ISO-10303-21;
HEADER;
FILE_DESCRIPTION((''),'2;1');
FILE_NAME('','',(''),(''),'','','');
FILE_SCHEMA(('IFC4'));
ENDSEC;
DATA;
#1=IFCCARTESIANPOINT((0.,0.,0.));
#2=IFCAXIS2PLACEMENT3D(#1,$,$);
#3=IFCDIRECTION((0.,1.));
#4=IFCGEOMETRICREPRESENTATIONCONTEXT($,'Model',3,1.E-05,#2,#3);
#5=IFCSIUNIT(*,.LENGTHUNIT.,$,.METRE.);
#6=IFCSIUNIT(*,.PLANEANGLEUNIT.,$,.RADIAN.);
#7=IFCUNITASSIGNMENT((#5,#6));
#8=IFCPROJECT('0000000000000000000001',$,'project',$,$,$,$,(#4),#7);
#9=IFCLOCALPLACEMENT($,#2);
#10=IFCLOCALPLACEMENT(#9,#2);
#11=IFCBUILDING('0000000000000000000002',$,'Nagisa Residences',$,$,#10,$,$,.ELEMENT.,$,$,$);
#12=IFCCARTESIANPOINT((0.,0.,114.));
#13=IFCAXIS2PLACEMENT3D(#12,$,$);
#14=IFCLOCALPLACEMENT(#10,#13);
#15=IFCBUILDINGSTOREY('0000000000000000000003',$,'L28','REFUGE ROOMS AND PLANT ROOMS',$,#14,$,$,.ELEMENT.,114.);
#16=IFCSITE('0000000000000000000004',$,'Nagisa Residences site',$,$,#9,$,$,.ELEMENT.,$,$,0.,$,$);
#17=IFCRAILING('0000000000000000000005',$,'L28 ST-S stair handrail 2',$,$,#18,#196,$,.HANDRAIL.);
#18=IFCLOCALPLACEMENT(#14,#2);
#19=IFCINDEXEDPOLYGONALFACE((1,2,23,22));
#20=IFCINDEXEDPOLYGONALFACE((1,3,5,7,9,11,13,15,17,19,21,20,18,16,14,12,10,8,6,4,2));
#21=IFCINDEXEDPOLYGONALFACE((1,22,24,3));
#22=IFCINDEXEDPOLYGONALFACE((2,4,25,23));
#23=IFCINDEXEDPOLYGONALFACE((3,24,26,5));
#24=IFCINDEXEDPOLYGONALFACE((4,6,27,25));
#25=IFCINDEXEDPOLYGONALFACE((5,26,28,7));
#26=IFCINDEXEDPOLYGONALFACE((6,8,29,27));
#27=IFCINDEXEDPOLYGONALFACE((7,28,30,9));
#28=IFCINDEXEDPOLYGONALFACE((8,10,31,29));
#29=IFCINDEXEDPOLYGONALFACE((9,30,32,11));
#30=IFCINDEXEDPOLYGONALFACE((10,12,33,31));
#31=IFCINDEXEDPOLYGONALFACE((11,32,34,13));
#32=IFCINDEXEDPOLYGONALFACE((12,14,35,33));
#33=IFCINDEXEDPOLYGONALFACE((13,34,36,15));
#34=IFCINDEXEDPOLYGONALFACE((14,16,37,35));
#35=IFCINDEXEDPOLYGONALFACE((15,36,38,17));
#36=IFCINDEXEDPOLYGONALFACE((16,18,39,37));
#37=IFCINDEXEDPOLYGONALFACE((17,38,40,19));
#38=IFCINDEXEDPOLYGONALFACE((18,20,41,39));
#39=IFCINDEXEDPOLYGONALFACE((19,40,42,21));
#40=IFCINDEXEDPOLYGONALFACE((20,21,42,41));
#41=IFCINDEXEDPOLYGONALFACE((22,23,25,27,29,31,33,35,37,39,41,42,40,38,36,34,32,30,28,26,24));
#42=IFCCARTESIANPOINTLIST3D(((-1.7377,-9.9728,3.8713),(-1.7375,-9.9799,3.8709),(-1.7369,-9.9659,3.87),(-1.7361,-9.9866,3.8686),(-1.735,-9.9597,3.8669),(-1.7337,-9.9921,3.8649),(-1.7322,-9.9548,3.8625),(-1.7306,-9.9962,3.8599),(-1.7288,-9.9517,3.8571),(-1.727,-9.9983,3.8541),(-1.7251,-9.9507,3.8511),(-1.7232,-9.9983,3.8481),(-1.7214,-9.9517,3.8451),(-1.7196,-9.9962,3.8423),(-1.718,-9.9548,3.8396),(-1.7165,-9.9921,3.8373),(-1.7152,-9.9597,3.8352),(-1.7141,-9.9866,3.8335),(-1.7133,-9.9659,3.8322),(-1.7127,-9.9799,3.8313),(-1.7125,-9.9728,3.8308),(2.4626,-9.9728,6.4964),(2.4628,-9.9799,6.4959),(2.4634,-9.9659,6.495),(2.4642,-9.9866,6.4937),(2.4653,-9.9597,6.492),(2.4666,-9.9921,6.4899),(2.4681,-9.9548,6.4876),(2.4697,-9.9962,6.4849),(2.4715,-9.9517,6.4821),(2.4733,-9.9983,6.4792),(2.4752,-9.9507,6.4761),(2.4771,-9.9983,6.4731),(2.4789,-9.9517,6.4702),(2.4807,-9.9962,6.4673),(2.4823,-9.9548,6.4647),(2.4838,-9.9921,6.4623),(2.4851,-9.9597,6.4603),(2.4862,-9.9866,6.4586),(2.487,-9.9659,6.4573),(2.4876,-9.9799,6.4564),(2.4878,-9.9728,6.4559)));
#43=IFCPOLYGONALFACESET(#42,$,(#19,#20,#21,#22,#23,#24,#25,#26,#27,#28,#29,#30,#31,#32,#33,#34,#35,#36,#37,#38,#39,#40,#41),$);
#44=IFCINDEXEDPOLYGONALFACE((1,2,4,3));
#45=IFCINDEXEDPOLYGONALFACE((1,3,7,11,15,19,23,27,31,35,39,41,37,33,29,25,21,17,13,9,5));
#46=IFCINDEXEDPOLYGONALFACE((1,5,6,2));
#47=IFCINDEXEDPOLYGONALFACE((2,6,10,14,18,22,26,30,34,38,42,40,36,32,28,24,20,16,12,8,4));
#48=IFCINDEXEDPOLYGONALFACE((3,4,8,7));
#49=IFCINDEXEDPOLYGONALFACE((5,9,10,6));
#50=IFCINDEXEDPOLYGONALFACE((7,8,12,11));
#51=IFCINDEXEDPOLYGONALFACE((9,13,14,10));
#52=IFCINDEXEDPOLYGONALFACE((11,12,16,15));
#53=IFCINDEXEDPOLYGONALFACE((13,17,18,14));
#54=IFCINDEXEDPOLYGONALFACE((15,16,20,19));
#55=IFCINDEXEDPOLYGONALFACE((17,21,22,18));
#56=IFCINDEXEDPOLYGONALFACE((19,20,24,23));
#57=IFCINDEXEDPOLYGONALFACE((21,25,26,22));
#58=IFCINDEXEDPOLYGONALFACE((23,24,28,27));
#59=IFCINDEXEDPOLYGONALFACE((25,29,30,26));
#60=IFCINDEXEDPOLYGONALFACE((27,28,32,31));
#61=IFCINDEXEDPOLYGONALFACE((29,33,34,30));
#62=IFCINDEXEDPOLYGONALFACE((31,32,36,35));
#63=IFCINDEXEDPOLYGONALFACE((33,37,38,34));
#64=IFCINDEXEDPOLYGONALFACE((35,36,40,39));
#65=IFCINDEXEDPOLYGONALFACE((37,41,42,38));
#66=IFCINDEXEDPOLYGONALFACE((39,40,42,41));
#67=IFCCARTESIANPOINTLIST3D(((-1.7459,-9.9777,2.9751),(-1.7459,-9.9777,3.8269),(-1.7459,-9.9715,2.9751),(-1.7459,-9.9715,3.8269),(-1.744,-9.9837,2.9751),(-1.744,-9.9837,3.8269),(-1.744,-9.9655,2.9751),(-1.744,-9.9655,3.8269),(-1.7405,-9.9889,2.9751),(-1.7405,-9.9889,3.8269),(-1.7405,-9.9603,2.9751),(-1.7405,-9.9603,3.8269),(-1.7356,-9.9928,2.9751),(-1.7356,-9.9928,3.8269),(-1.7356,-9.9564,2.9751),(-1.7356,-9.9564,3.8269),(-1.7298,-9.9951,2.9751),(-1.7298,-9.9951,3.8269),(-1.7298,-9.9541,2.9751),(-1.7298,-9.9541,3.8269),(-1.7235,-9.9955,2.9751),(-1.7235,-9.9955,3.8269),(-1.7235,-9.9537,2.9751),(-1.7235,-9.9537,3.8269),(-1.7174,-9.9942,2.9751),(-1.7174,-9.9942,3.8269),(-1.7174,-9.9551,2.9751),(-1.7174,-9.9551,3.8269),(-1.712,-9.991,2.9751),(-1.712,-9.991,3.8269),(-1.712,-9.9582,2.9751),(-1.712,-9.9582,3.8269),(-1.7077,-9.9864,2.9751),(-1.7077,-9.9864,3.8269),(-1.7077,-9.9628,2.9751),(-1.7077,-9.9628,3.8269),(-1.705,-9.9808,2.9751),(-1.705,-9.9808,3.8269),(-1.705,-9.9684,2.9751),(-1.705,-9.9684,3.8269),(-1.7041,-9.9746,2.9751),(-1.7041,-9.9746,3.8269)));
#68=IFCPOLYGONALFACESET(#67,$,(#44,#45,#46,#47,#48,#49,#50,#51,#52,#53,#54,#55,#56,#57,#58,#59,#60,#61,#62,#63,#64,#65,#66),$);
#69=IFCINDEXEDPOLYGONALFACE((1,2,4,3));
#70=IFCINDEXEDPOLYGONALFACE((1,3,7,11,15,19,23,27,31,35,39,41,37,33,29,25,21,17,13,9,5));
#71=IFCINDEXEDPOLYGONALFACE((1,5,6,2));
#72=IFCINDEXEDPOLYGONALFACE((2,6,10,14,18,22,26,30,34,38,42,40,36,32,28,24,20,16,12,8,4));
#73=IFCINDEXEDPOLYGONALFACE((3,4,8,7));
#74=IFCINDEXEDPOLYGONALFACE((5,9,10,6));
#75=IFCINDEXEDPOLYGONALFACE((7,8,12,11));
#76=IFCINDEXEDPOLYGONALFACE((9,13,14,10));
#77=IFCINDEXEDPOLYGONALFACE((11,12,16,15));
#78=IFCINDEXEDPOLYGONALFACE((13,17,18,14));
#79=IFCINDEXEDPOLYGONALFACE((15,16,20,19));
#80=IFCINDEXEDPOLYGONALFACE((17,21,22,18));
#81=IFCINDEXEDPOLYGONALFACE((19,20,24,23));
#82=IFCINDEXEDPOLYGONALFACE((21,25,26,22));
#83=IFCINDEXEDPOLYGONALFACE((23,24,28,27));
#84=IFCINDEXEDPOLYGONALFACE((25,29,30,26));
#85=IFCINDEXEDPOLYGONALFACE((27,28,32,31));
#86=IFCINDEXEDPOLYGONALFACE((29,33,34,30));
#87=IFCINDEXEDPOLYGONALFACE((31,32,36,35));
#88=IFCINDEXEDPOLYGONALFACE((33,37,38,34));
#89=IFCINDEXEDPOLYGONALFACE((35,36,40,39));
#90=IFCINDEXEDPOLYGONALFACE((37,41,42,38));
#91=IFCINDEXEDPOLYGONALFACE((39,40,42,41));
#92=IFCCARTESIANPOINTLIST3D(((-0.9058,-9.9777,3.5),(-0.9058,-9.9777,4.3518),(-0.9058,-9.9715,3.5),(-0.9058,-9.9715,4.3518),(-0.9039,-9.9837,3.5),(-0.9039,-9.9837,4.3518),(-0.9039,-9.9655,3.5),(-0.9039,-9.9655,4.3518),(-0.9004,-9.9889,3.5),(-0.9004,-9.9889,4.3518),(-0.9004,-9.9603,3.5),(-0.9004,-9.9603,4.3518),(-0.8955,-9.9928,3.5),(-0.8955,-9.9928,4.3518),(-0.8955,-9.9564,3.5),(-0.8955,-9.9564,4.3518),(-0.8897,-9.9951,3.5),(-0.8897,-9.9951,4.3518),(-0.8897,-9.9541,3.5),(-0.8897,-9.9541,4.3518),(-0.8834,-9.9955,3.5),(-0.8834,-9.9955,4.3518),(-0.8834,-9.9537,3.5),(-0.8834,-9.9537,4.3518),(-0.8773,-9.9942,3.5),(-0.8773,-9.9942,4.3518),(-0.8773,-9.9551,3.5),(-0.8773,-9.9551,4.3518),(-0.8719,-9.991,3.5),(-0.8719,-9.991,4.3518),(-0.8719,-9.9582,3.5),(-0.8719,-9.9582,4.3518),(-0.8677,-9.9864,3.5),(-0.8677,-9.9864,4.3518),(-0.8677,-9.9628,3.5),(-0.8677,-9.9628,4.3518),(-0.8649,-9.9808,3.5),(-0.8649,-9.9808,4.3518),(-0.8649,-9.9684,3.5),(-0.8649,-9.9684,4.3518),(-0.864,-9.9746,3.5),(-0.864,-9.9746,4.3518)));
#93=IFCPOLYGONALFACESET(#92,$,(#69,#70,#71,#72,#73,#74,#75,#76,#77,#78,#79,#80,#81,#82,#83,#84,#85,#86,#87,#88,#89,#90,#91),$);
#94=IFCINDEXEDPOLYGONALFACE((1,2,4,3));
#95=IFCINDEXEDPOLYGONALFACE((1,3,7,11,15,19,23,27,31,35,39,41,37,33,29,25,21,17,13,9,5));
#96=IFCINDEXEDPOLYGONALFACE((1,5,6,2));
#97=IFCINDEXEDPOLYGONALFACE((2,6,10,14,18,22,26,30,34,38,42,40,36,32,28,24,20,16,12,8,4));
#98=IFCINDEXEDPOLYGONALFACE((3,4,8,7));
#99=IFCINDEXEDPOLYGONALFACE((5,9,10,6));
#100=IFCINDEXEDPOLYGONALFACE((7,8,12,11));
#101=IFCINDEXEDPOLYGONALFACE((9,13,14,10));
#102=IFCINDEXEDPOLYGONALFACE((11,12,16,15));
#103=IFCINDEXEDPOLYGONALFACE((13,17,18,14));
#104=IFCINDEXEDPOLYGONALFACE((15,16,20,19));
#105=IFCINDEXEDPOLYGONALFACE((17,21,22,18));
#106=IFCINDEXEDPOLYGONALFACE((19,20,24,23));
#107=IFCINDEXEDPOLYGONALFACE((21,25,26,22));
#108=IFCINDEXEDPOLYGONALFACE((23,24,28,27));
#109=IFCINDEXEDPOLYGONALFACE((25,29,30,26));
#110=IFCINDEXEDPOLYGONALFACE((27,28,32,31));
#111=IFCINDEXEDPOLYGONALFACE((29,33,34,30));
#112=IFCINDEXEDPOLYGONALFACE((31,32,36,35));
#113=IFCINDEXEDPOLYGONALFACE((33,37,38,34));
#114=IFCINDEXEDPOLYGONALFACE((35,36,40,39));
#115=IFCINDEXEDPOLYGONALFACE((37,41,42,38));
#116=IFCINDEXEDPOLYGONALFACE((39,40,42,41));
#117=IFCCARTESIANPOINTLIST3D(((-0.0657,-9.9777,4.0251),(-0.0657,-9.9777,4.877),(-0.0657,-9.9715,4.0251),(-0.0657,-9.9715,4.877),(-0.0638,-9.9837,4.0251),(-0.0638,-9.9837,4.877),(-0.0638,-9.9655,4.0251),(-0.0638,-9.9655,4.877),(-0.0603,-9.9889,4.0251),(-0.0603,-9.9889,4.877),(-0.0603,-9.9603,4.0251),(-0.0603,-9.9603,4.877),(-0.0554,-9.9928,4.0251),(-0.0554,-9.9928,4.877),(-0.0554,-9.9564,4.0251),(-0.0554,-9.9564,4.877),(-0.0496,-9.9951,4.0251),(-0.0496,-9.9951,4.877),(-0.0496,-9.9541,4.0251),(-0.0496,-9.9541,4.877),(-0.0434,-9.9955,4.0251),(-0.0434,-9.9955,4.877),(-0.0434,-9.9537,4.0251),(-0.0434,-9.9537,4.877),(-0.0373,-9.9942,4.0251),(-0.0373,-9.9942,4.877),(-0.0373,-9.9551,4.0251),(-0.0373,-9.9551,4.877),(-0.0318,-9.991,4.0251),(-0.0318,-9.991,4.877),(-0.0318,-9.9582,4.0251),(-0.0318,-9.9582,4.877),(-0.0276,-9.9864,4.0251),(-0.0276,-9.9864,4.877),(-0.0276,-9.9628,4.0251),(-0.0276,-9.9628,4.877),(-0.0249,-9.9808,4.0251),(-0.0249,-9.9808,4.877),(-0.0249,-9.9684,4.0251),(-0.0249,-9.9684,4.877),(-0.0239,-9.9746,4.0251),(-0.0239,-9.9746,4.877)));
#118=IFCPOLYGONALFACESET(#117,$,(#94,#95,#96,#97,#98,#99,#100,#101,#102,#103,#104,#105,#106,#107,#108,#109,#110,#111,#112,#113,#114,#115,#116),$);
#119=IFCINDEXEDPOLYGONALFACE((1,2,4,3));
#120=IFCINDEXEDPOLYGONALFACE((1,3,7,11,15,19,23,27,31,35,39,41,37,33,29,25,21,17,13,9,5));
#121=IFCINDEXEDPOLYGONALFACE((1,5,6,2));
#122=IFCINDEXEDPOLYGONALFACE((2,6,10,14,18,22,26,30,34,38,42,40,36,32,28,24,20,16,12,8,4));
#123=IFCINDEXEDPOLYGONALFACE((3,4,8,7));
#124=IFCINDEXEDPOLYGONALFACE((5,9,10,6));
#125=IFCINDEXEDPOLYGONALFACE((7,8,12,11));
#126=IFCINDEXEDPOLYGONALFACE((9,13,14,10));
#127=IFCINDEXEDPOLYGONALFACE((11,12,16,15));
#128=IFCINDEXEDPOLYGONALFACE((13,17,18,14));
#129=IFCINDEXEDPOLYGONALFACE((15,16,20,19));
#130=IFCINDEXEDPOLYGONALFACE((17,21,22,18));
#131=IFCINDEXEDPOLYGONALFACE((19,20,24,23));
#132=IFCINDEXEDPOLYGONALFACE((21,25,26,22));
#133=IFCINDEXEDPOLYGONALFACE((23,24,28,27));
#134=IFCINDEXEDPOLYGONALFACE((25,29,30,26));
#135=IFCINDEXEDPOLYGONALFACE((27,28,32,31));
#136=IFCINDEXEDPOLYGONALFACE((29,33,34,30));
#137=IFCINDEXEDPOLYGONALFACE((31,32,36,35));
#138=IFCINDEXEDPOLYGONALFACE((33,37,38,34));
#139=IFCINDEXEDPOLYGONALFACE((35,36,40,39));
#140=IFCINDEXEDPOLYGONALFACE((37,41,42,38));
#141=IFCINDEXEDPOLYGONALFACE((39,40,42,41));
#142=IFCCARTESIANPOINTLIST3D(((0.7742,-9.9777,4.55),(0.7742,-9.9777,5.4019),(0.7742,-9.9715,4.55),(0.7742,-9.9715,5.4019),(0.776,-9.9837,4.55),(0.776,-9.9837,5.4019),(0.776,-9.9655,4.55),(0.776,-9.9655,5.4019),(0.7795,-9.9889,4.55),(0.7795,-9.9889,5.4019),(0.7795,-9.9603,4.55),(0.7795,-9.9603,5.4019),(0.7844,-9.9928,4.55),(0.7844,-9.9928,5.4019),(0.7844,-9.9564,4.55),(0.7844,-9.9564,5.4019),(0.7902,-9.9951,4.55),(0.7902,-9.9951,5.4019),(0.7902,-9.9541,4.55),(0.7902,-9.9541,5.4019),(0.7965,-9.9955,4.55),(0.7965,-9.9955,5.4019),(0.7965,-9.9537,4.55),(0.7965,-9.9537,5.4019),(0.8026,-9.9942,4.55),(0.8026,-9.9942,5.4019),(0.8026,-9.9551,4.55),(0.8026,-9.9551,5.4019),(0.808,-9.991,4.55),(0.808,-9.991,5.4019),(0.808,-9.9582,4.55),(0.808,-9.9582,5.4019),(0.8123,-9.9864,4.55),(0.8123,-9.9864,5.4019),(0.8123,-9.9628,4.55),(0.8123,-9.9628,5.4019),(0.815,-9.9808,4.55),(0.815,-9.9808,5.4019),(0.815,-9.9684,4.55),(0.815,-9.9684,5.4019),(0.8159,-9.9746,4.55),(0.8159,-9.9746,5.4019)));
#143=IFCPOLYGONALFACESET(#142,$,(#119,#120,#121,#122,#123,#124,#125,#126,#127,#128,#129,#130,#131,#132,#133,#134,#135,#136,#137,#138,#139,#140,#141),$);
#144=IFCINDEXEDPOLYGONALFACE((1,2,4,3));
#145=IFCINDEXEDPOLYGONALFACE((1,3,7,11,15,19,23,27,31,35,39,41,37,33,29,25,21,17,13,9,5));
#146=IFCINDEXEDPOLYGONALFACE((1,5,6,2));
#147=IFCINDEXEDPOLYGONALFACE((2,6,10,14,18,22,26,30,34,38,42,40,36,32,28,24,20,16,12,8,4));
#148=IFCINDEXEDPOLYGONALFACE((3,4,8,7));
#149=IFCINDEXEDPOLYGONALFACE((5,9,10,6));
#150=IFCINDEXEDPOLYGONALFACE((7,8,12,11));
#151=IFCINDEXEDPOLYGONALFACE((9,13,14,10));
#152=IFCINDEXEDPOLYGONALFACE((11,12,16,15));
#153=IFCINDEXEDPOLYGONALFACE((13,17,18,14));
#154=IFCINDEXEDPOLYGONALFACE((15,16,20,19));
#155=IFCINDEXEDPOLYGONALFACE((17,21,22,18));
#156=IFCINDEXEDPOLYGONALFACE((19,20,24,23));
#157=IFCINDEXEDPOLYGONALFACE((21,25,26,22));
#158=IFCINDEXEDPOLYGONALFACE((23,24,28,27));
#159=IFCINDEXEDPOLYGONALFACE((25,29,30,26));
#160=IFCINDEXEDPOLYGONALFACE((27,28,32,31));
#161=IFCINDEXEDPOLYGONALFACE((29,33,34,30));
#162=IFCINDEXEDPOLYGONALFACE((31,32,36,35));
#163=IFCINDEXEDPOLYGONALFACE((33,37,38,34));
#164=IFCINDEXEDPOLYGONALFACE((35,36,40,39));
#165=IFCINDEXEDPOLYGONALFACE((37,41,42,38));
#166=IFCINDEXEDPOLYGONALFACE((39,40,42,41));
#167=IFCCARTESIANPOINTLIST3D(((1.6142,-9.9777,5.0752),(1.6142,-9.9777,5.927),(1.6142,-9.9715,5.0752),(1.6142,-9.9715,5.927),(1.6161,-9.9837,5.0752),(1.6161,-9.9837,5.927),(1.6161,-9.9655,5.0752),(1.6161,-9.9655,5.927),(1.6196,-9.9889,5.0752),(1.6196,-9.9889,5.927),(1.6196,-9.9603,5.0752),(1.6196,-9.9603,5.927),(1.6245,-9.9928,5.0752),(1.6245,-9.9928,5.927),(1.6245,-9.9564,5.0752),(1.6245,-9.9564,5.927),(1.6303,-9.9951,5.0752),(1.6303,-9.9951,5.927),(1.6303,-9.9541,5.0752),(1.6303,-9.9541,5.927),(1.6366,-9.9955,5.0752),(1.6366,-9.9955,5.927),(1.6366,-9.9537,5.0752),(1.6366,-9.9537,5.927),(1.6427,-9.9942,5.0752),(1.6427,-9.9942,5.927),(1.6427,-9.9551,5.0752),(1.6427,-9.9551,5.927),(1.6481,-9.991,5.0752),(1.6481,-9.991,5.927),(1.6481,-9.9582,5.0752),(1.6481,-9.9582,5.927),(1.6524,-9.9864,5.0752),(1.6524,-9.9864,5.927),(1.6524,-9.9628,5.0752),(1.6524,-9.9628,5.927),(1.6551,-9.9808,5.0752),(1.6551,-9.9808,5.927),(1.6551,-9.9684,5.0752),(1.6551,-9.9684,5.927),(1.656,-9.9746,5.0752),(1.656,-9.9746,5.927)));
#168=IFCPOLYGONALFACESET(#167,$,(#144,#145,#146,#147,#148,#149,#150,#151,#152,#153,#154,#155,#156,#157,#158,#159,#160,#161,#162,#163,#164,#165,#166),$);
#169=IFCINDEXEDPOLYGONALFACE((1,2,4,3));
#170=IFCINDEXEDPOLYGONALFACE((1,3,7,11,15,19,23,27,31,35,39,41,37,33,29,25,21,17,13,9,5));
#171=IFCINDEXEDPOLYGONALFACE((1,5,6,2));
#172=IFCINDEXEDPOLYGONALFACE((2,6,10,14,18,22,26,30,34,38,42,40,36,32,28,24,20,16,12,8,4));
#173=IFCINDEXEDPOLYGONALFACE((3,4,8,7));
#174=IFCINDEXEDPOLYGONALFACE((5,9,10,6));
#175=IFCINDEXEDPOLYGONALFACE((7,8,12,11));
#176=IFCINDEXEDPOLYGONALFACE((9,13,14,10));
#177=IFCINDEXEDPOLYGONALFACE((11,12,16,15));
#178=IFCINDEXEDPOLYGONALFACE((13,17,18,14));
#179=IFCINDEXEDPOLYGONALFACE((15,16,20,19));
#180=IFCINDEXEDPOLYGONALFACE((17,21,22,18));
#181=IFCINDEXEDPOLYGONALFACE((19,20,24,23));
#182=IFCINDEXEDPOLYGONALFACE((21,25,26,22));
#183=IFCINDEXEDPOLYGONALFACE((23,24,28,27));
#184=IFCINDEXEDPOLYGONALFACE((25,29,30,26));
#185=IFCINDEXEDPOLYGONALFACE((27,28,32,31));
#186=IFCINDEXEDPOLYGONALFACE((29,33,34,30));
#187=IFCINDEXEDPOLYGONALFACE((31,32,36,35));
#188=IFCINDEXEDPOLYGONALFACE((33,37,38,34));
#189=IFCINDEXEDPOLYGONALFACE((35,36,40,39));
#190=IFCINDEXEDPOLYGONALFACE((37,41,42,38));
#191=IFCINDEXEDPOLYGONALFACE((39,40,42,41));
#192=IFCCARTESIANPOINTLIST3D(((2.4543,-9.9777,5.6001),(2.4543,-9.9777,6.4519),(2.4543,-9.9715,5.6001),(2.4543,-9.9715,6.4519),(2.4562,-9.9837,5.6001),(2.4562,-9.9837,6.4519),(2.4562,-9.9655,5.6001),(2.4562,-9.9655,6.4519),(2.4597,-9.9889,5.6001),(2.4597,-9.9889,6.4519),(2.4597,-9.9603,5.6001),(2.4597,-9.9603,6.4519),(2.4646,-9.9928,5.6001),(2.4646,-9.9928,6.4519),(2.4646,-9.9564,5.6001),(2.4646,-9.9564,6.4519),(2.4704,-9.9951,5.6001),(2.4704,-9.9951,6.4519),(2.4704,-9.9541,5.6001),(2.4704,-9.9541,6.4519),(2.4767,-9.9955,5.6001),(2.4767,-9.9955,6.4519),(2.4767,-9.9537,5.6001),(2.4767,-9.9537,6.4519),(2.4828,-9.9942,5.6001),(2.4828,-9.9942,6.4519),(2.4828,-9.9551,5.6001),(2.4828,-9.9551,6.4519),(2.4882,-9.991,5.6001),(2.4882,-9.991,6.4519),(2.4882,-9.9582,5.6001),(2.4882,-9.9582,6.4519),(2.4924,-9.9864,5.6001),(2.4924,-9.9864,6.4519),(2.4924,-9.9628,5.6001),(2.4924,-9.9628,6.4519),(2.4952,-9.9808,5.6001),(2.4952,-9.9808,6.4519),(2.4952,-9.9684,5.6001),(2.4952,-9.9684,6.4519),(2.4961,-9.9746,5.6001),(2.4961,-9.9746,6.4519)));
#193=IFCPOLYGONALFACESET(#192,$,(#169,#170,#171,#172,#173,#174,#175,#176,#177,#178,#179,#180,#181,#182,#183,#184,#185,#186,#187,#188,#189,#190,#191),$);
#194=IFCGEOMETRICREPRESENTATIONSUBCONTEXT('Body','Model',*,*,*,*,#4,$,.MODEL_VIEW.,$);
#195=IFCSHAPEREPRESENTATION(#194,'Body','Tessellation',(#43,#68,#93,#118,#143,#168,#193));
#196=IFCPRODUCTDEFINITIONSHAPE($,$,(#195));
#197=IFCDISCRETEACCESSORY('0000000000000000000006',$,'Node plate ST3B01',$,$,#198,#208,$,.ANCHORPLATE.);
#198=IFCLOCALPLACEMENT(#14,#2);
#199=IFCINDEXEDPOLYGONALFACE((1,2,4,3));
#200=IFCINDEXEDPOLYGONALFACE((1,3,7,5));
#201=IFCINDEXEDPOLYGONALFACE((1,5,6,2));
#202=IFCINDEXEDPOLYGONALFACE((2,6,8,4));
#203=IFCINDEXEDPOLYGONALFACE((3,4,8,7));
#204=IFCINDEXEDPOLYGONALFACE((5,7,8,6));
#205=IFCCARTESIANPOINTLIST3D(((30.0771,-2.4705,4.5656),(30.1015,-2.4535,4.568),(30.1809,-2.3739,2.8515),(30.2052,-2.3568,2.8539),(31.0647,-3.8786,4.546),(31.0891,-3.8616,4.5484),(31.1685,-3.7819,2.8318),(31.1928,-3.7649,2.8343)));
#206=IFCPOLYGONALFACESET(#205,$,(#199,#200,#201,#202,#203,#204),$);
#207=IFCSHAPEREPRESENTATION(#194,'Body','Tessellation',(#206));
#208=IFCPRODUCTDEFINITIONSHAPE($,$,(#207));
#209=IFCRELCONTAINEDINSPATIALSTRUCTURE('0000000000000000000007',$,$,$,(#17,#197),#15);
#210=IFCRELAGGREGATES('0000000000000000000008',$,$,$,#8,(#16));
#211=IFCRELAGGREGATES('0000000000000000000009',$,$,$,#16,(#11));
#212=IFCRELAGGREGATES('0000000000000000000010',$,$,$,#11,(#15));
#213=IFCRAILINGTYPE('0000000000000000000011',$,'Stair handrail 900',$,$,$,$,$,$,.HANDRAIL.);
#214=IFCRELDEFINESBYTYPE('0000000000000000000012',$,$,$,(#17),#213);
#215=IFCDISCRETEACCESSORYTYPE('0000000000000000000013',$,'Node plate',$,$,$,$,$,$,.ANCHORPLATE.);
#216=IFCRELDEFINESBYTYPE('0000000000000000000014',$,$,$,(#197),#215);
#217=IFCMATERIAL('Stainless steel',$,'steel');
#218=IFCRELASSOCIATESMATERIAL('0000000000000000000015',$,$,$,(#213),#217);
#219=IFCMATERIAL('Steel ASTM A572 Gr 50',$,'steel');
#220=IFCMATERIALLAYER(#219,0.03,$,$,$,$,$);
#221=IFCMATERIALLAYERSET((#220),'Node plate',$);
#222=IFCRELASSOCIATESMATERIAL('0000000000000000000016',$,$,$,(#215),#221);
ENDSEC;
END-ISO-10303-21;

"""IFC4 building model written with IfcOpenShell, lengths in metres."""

from ifc_helpers import new_model, si_unit, direction, frame, origin, origin_2d, place, context, subcontext, project, spatial, rectangle, circle, extrude, material, layer, layer_set, type_object, element, save


model = new_model("IFC4")

# Units and contexts
model_context = context("Model", 3, precision=1e-05, world=origin(), true_north=direction((0.0, 1.0)))
body_context = subcontext(model_context, "Body", "Model", "MODEL_VIEW")
ifc_project = project(units=[si_unit("LENGTHUNIT", "METRE"), si_unit("PLANEANGLEUNIT", "RADIAN")], contexts=[model_context])

# Site, building, storey
site_placement = place(None, origin())
site = spatial("IfcSite", under=ifc_project, at=site_placement, Name="Nagisa Residences site", CompositionType="ELEMENT", RefElevation=0.0)
building_placement = place(site_placement, origin())
building = spatial("IfcBuilding", under=site, at=building_placement, Name="Nagisa Residences", CompositionType="ELEMENT")
storey_placement = place(building_placement, frame((0.0, 0.0, 114.0)))
storey = spatial("IfcBuildingStorey", under=building, at=storey_placement, Name="L28", Description="REFUGE ROOMS AND PLANT ROOMS", CompositionType="ELEMENT", Elevation=114.0)

# Railing
ifc_material_1 = material(Name="Stainless steel", Category="steel")
railing_type = type_object("IfcRailingType", Name="Stair handrail 900", PredefinedType="HANDRAIL", material=ifc_material_1)
railing_1_placement = place(storey_placement, frame((-1.7251, -9.9746, 2.9751)))
element("IfcRailing", 1, at=railing_1_placement, inside=storey, type_object=railing_type, Name="L28 ST-S stair handrail 2", PredefinedType="HANDRAIL", context=body_context, shape_type="SweptSolid", body=[
    extrude(circle(Radius=0.0239, at=origin_2d()), frame((0.0, 0.0, 0.876), z_axis=(0.848009, 0.0, 0.529981), x_axis=(0.0, 1.0, 0.0)), (0.0, 0.0, 1.0), 4.9531),
    extrude(circle(Radius=0.021, at=origin_2d()), origin(), (0.0, 0.0, 1.0), 0.8518),
    extrude(circle(Radius=0.021, at=origin_2d()), frame((0.8401, 0.0, 0.5249)), (0.0, 0.0, 1.0), 0.8518),
    extrude(circle(Radius=0.021, at=origin_2d()), frame((1.6802, 0.0, 1.05)), (0.0, 0.0, 1.0), 0.8518),
    extrude(circle(Radius=0.021, at=origin_2d()), frame((2.52, 0.0, 1.575)), (0.0, 0.0, 1.0), 0.8518),
    extrude(circle(Radius=0.021, at=origin_2d()), frame((3.3601, 0.0, 2.1001)), (0.0, 0.0, 1.0), 0.8518),
    extrude(circle(Radius=0.021, at=origin_2d()), frame((4.2002, 0.0, 2.625)), (0.0, 0.0, 1.0), 0.8518),
])

# Discrete accessory
ifc_material_2 = material(Name="Steel ASTM A572 Gr 50", Category="steel")
ifc_layer = layer(ifc_material_2, 0.03)
ifc_layer_set = layer_set([ifc_layer], Name="Node plate")
discrete_accessory_type = type_object("IfcDiscreteAccessoryType", Name="Node plate", PredefinedType="ANCHORPLATE", material=ifc_layer_set)
discrete_accessory_1_placement = place(storey_placement, frame((30.6228, -3.1262, 3.6987), z_axis=(0.816497, 0.571548, 0.08165), x_axis=(-0.574191, 0.818641, 0.011426)))
element("IfcDiscreteAccessory", 2, at=discrete_accessory_1_placement, inside=storey, type_object=discrete_accessory_type, Name="Node plate ST3B01", PredefinedType="ANCHORPLATE", context=body_context, shape_type="SweptSolid", body=[
    extrude(rectangle(XDim=1.72, YDim=1.72, at=origin_2d()), origin(), (0.0, 0.0, 1.0), 0.0298),
])

save(model, "model.ifc")
